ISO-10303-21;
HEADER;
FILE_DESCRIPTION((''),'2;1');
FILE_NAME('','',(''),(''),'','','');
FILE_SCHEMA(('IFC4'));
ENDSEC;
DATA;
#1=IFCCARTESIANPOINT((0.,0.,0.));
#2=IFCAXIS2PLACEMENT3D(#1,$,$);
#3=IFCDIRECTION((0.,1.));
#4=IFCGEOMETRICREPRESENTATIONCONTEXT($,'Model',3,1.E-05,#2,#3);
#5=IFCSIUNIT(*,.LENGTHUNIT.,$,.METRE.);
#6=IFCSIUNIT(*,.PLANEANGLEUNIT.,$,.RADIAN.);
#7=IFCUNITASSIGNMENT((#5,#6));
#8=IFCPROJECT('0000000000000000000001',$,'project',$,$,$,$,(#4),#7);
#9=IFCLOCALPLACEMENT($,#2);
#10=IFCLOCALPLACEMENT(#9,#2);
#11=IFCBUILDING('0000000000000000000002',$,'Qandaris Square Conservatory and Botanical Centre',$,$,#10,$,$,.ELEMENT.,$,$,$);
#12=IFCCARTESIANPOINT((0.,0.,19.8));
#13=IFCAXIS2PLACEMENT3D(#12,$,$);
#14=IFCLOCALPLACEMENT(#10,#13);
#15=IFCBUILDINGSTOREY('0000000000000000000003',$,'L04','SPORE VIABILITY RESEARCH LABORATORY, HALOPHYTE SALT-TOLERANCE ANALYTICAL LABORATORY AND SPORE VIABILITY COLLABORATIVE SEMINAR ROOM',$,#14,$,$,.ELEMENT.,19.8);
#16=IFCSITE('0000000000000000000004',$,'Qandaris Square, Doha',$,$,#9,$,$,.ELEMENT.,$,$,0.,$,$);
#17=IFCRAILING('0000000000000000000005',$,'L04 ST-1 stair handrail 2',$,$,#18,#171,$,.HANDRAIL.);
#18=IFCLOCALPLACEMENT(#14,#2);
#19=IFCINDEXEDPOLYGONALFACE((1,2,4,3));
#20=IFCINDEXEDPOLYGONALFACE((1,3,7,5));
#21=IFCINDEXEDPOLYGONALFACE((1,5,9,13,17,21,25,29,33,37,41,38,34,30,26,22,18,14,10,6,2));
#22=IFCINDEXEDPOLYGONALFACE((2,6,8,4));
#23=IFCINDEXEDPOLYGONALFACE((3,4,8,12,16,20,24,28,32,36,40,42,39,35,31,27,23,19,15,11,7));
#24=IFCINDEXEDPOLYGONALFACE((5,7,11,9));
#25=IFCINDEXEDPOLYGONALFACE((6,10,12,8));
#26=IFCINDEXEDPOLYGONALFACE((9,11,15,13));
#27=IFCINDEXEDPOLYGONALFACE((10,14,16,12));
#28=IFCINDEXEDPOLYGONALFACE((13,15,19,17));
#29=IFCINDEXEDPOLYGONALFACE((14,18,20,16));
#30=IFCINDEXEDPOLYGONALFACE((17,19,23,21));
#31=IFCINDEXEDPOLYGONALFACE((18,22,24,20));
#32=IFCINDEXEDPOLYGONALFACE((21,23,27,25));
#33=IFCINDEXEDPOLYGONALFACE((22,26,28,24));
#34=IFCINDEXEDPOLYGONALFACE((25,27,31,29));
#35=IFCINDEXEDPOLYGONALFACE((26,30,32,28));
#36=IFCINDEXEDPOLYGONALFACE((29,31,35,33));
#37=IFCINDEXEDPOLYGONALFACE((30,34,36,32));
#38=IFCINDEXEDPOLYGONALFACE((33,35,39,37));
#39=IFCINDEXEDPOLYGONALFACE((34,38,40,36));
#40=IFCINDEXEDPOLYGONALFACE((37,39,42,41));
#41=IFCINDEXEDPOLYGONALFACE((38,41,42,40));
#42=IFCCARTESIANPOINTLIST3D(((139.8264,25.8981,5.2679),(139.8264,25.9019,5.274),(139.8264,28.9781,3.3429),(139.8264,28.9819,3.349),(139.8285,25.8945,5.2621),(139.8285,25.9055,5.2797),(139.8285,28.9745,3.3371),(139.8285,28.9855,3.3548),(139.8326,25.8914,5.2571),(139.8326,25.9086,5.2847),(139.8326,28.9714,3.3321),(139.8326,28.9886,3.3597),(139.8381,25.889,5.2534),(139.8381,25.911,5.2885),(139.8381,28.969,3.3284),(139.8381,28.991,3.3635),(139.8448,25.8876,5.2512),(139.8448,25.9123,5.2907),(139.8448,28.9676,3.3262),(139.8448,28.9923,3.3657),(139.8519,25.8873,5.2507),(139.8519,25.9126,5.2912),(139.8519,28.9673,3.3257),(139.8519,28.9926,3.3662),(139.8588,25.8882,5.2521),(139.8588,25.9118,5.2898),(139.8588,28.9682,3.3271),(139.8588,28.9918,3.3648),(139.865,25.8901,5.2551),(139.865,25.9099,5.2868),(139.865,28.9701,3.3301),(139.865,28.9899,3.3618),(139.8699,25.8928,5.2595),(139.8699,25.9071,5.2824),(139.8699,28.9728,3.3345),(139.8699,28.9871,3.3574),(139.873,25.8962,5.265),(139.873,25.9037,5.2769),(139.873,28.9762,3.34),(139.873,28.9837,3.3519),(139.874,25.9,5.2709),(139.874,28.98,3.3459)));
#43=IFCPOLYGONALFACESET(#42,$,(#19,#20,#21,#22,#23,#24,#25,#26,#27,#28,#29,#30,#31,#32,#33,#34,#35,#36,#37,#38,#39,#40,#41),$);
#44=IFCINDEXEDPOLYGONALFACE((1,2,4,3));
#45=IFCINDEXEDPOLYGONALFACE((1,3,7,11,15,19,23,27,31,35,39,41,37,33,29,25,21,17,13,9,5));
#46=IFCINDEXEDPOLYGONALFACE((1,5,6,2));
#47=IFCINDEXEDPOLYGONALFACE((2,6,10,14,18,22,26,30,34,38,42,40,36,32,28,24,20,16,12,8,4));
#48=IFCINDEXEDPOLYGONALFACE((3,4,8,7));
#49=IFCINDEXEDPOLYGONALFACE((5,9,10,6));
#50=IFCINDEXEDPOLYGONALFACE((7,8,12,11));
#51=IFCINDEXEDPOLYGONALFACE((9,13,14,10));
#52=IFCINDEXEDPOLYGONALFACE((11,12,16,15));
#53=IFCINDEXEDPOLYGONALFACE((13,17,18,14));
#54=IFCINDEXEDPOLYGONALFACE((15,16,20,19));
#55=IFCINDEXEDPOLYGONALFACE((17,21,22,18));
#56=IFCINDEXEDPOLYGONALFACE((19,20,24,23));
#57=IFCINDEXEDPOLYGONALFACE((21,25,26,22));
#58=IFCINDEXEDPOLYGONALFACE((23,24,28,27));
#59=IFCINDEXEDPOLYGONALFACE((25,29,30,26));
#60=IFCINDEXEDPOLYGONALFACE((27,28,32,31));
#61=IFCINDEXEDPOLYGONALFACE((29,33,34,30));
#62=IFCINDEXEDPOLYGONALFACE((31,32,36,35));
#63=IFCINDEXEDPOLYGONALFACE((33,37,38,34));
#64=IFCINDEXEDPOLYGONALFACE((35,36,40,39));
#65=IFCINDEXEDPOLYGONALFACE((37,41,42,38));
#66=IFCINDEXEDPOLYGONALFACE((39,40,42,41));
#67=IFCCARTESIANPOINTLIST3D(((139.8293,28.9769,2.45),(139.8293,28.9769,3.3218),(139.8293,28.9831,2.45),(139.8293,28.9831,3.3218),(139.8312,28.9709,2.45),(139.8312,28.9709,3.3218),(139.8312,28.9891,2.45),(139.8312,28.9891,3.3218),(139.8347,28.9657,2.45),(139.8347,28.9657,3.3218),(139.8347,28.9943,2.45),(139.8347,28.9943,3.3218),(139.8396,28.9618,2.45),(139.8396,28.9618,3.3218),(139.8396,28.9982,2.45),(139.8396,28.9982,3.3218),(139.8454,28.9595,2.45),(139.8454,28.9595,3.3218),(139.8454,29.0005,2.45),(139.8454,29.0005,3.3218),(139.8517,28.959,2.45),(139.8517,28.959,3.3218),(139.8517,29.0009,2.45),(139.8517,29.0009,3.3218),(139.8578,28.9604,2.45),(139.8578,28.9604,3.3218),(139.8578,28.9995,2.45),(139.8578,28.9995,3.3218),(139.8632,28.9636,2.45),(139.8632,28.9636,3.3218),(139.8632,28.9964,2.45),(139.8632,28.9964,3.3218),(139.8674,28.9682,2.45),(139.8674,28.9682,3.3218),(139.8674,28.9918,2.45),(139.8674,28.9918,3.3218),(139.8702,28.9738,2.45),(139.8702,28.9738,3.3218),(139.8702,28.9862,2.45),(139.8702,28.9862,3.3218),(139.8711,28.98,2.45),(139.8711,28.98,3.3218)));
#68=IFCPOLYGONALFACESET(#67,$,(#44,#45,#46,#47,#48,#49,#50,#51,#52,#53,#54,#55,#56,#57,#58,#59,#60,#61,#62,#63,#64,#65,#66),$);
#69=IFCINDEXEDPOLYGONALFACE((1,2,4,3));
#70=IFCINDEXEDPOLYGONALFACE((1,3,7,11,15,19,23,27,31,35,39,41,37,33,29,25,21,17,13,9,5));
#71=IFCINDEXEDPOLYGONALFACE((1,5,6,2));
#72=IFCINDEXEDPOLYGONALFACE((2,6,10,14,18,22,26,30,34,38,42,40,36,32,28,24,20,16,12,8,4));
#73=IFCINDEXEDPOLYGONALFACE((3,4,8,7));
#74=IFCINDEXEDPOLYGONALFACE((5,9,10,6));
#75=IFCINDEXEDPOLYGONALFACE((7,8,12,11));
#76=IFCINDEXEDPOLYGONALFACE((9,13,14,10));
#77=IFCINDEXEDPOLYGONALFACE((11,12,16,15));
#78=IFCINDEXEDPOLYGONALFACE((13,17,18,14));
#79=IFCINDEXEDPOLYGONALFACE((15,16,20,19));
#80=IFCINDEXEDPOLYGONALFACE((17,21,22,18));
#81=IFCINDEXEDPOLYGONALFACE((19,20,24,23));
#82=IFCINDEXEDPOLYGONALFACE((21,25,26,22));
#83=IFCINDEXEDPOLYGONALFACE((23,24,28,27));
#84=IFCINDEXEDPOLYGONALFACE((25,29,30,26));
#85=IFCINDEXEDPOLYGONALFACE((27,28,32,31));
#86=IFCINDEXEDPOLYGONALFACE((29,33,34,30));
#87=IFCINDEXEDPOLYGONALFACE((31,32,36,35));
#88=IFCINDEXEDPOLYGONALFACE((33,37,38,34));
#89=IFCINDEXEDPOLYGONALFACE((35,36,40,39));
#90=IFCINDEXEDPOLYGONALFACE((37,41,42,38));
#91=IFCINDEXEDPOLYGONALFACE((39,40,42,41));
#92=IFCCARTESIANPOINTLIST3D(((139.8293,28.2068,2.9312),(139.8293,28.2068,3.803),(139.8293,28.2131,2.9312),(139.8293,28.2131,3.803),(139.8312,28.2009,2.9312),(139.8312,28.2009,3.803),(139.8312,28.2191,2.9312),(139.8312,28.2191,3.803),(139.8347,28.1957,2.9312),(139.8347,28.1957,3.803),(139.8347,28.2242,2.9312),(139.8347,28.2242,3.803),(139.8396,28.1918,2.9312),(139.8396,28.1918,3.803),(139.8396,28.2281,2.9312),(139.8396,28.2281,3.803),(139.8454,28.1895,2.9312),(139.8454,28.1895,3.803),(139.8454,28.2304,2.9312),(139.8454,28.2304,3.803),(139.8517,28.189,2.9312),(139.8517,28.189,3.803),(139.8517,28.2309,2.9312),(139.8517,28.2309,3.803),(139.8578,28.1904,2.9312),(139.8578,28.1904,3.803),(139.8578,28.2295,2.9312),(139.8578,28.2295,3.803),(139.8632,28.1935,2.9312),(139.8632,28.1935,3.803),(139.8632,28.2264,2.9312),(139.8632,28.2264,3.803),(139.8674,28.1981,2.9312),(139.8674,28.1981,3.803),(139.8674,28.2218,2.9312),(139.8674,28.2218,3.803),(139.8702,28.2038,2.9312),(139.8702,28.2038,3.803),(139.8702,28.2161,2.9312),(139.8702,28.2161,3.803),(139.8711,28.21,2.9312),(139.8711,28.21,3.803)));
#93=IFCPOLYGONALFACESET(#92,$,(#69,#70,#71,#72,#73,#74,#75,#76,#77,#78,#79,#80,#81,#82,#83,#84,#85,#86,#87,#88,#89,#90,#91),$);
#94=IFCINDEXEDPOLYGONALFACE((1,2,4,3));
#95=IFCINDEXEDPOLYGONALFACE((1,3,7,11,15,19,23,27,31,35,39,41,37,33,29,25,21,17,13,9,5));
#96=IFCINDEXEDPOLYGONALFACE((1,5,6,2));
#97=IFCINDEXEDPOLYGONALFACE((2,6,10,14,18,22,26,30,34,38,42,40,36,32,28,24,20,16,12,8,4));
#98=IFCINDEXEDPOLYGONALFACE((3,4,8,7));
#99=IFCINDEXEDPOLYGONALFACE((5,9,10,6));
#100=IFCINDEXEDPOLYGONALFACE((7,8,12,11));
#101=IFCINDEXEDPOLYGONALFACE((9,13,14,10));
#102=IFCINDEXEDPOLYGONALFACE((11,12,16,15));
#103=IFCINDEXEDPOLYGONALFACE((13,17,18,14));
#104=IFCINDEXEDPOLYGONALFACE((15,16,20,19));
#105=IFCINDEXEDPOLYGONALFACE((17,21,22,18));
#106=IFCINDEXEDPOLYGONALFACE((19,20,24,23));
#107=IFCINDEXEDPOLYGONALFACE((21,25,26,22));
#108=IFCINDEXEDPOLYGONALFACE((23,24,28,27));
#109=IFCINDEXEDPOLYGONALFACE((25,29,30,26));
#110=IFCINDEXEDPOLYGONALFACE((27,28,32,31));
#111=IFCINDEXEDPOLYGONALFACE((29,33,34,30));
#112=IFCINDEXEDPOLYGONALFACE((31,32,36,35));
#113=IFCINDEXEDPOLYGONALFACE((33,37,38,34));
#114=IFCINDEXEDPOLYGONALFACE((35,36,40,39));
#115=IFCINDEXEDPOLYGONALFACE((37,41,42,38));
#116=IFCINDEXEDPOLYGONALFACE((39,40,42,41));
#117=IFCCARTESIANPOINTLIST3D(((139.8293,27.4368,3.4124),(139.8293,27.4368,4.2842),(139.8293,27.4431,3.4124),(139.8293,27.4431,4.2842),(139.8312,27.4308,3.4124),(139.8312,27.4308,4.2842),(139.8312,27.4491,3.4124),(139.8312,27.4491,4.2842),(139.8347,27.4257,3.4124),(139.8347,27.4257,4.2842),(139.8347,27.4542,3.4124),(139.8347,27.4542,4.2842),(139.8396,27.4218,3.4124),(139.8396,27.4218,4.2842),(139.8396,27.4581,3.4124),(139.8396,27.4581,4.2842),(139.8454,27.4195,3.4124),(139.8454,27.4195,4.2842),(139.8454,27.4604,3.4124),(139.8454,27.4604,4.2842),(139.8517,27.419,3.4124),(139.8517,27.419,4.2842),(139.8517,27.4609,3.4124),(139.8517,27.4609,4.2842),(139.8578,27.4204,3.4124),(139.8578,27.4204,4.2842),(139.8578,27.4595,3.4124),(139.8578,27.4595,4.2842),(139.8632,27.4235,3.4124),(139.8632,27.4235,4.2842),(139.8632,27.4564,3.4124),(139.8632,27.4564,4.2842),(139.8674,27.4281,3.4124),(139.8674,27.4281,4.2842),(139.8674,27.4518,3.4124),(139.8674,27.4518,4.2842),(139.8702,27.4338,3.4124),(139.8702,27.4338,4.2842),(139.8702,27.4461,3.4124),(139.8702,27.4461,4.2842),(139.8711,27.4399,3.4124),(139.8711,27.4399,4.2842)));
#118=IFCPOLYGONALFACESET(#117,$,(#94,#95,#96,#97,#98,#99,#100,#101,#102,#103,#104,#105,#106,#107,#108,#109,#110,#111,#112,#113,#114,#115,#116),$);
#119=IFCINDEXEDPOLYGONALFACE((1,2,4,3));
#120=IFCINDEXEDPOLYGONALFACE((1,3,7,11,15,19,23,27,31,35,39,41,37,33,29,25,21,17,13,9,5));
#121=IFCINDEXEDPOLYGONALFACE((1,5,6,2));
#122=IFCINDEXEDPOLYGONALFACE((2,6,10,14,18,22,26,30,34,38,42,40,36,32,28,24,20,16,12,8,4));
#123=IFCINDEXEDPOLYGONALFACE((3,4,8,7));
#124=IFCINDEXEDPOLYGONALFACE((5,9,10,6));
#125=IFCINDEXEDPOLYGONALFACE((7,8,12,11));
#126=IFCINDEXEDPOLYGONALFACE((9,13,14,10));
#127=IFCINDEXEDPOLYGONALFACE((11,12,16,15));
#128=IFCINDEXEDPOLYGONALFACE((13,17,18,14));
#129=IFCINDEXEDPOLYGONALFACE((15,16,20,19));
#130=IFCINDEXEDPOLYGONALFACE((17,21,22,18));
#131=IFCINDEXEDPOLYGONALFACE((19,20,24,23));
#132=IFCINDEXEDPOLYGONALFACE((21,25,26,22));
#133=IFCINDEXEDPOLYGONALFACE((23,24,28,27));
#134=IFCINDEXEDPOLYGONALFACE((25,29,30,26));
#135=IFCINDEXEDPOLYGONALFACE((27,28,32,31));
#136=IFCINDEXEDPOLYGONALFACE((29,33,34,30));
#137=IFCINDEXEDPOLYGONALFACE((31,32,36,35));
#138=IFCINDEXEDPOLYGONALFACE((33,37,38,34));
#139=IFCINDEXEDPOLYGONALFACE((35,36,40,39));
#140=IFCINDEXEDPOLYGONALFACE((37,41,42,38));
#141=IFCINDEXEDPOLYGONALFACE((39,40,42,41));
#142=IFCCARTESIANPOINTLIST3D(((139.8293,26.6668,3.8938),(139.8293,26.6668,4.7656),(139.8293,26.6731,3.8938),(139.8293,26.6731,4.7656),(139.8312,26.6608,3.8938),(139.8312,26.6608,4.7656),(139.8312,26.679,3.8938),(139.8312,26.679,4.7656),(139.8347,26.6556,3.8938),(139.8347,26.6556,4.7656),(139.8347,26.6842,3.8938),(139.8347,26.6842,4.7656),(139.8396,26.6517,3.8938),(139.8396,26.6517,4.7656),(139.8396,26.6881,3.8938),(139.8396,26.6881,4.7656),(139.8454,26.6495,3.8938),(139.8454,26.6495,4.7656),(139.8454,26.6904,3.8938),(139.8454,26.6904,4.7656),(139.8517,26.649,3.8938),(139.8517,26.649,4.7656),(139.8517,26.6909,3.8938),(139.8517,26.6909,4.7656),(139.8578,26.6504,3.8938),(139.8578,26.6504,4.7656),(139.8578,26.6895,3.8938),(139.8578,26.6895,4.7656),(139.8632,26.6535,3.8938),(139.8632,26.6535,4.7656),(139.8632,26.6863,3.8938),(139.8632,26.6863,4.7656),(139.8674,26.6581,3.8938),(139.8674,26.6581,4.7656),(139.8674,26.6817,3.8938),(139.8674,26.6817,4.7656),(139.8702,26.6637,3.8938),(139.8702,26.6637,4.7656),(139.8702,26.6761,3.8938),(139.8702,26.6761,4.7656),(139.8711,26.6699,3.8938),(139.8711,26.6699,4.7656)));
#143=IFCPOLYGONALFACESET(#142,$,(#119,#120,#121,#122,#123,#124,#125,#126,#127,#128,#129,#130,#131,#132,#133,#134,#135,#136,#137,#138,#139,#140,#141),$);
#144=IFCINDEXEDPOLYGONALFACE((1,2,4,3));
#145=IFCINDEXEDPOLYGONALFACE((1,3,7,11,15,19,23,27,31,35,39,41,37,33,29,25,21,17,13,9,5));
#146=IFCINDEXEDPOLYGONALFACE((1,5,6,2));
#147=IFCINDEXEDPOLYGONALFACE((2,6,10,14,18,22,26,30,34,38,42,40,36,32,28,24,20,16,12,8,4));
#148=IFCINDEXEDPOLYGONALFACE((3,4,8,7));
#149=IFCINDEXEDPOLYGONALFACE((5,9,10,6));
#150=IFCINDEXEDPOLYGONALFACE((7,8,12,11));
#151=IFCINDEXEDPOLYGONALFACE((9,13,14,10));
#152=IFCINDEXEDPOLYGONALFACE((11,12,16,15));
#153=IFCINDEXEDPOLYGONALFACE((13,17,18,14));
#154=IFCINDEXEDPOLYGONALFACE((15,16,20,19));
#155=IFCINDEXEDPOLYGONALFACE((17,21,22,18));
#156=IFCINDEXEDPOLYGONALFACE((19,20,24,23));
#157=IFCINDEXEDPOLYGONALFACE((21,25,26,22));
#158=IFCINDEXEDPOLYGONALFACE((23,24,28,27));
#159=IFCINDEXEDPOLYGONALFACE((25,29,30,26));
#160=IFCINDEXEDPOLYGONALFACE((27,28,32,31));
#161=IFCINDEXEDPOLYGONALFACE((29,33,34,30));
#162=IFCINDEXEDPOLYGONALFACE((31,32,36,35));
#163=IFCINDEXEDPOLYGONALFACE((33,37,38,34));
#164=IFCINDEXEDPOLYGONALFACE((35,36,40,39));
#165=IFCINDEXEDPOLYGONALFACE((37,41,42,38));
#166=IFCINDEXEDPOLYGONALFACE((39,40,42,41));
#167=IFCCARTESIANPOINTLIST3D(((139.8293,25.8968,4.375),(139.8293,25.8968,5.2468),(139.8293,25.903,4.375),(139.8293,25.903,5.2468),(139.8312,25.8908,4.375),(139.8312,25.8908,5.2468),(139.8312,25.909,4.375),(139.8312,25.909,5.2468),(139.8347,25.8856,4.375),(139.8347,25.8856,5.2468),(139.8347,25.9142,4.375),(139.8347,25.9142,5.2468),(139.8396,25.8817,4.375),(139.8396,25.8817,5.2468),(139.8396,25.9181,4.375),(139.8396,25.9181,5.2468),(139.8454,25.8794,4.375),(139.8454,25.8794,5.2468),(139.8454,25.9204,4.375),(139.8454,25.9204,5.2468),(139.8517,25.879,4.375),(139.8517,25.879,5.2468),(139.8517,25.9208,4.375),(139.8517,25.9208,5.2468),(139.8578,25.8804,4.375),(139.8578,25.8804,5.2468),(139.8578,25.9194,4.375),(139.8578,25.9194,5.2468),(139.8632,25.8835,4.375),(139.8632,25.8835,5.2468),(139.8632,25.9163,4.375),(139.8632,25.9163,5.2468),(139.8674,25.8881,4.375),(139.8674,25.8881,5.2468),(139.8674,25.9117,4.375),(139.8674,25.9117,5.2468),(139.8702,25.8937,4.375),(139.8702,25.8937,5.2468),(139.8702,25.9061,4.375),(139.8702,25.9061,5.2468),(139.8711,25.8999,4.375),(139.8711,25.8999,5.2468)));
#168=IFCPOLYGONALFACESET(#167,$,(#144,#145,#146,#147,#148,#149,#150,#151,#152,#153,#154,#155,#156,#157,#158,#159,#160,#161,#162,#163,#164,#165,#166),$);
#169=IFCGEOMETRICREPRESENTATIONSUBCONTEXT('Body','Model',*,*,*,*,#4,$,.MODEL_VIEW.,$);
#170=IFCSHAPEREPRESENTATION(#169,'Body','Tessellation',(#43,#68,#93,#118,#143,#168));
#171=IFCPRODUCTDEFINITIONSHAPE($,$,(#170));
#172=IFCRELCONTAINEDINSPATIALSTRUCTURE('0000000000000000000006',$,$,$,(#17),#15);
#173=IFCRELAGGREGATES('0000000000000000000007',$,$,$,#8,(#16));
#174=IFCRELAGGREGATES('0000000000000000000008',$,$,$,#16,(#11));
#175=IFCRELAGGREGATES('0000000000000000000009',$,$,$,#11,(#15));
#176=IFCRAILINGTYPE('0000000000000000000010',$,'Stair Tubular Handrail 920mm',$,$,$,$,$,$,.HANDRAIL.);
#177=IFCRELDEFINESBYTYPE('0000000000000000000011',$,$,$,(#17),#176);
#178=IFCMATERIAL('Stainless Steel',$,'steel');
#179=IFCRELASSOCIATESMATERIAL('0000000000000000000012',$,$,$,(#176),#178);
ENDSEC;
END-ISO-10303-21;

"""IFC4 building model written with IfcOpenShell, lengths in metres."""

from ifc_helpers import new_model, si_unit, direction, frame, origin, origin_2d, place, context, subcontext, project, spatial, circle, extrude, material, type_object, element, save


model = new_model("IFC4")

# Units and contexts
model_context = context("Model", 3, precision=1e-05, world=origin(), true_north=direction((0.0, 1.0)))
body_context = subcontext(model_context, "Body", "Model", "MODEL_VIEW")
ifc_project = project(units=[si_unit("LENGTHUNIT", "METRE"), si_unit("PLANEANGLEUNIT", "RADIAN")], contexts=[model_context])

# Site, building, storey
site_placement = place(None, origin())
site = spatial("IfcSite", under=ifc_project, at=site_placement, Name="Qandaris Square, Doha", CompositionType="ELEMENT", RefElevation=0.0)
building_placement = place(site_placement, origin())
building = spatial("IfcBuilding", under=site, at=building_placement, Name="Qandaris Square Conservatory and Botanical Centre", CompositionType="ELEMENT")
storey_placement = place(building_placement, frame((0.0, 0.0, 19.8)))
storey = spatial("IfcBuildingStorey", under=building, at=storey_placement, Name="L04", Description="SPORE VIABILITY RESEARCH LABORATORY, HALOPHYTE SALT-TOLERANCE ANALYTICAL LABORATORY AND SPORE VIABILITY COLLABORATIVE SEMINAR ROOM", CompositionType="ELEMENT", Elevation=19.8)

# Railing
ifc_material_1 = material(Name="Stainless Steel", Category="steel")
railing_type_1 = type_object("IfcRailingType", Name="Stair Tubular Handrail 920mm", PredefinedType="HANDRAIL", material=ifc_material_1)
railing_1_placement = place(storey_placement, frame((139.8501, 28.98, 2.45)))
element("IfcRailing", 1, at=railing_1_placement, inside=storey, type_object=railing_type_1, Name="L04 ST-1 stair handrail 2", PredefinedType="HANDRAIL", context=body_context, shape_type="SweptSolid", body=[
    extrude(circle(Radius=0.0239, at=origin_2d()), frame((0.0, 0.0, 0.896), z_axis=(0.0, -0.847998, 0.529999), x_axis=(1.0, 0.0, 0.0)), (0.0, 0.0, 1.0), 3.6321),
    extrude(circle(Radius=0.021, at=origin_2d()), origin(), (0.0, 0.0, 1.0), 0.8718),
    extrude(circle(Radius=0.021, at=origin_2d()), frame((0.0, -0.77, 0.4812)), (0.0, 0.0, 1.0), 0.8718),
    extrude(circle(Radius=0.021, at=origin_2d()), frame((0.0, -1.54, 0.9624)), (0.0, 0.0, 1.0), 0.8718),
    extrude(circle(Radius=0.021, at=origin_2d()), frame((0.0, -2.3101, 1.4438)), (0.0, 0.0, 1.0), 0.8718),
    extrude(circle(Radius=0.021, at=origin_2d()), frame((0.0, -3.0801, 1.925)), (0.0, 0.0, 1.0), 0.8718),
])

save(model, "model.ifc")
